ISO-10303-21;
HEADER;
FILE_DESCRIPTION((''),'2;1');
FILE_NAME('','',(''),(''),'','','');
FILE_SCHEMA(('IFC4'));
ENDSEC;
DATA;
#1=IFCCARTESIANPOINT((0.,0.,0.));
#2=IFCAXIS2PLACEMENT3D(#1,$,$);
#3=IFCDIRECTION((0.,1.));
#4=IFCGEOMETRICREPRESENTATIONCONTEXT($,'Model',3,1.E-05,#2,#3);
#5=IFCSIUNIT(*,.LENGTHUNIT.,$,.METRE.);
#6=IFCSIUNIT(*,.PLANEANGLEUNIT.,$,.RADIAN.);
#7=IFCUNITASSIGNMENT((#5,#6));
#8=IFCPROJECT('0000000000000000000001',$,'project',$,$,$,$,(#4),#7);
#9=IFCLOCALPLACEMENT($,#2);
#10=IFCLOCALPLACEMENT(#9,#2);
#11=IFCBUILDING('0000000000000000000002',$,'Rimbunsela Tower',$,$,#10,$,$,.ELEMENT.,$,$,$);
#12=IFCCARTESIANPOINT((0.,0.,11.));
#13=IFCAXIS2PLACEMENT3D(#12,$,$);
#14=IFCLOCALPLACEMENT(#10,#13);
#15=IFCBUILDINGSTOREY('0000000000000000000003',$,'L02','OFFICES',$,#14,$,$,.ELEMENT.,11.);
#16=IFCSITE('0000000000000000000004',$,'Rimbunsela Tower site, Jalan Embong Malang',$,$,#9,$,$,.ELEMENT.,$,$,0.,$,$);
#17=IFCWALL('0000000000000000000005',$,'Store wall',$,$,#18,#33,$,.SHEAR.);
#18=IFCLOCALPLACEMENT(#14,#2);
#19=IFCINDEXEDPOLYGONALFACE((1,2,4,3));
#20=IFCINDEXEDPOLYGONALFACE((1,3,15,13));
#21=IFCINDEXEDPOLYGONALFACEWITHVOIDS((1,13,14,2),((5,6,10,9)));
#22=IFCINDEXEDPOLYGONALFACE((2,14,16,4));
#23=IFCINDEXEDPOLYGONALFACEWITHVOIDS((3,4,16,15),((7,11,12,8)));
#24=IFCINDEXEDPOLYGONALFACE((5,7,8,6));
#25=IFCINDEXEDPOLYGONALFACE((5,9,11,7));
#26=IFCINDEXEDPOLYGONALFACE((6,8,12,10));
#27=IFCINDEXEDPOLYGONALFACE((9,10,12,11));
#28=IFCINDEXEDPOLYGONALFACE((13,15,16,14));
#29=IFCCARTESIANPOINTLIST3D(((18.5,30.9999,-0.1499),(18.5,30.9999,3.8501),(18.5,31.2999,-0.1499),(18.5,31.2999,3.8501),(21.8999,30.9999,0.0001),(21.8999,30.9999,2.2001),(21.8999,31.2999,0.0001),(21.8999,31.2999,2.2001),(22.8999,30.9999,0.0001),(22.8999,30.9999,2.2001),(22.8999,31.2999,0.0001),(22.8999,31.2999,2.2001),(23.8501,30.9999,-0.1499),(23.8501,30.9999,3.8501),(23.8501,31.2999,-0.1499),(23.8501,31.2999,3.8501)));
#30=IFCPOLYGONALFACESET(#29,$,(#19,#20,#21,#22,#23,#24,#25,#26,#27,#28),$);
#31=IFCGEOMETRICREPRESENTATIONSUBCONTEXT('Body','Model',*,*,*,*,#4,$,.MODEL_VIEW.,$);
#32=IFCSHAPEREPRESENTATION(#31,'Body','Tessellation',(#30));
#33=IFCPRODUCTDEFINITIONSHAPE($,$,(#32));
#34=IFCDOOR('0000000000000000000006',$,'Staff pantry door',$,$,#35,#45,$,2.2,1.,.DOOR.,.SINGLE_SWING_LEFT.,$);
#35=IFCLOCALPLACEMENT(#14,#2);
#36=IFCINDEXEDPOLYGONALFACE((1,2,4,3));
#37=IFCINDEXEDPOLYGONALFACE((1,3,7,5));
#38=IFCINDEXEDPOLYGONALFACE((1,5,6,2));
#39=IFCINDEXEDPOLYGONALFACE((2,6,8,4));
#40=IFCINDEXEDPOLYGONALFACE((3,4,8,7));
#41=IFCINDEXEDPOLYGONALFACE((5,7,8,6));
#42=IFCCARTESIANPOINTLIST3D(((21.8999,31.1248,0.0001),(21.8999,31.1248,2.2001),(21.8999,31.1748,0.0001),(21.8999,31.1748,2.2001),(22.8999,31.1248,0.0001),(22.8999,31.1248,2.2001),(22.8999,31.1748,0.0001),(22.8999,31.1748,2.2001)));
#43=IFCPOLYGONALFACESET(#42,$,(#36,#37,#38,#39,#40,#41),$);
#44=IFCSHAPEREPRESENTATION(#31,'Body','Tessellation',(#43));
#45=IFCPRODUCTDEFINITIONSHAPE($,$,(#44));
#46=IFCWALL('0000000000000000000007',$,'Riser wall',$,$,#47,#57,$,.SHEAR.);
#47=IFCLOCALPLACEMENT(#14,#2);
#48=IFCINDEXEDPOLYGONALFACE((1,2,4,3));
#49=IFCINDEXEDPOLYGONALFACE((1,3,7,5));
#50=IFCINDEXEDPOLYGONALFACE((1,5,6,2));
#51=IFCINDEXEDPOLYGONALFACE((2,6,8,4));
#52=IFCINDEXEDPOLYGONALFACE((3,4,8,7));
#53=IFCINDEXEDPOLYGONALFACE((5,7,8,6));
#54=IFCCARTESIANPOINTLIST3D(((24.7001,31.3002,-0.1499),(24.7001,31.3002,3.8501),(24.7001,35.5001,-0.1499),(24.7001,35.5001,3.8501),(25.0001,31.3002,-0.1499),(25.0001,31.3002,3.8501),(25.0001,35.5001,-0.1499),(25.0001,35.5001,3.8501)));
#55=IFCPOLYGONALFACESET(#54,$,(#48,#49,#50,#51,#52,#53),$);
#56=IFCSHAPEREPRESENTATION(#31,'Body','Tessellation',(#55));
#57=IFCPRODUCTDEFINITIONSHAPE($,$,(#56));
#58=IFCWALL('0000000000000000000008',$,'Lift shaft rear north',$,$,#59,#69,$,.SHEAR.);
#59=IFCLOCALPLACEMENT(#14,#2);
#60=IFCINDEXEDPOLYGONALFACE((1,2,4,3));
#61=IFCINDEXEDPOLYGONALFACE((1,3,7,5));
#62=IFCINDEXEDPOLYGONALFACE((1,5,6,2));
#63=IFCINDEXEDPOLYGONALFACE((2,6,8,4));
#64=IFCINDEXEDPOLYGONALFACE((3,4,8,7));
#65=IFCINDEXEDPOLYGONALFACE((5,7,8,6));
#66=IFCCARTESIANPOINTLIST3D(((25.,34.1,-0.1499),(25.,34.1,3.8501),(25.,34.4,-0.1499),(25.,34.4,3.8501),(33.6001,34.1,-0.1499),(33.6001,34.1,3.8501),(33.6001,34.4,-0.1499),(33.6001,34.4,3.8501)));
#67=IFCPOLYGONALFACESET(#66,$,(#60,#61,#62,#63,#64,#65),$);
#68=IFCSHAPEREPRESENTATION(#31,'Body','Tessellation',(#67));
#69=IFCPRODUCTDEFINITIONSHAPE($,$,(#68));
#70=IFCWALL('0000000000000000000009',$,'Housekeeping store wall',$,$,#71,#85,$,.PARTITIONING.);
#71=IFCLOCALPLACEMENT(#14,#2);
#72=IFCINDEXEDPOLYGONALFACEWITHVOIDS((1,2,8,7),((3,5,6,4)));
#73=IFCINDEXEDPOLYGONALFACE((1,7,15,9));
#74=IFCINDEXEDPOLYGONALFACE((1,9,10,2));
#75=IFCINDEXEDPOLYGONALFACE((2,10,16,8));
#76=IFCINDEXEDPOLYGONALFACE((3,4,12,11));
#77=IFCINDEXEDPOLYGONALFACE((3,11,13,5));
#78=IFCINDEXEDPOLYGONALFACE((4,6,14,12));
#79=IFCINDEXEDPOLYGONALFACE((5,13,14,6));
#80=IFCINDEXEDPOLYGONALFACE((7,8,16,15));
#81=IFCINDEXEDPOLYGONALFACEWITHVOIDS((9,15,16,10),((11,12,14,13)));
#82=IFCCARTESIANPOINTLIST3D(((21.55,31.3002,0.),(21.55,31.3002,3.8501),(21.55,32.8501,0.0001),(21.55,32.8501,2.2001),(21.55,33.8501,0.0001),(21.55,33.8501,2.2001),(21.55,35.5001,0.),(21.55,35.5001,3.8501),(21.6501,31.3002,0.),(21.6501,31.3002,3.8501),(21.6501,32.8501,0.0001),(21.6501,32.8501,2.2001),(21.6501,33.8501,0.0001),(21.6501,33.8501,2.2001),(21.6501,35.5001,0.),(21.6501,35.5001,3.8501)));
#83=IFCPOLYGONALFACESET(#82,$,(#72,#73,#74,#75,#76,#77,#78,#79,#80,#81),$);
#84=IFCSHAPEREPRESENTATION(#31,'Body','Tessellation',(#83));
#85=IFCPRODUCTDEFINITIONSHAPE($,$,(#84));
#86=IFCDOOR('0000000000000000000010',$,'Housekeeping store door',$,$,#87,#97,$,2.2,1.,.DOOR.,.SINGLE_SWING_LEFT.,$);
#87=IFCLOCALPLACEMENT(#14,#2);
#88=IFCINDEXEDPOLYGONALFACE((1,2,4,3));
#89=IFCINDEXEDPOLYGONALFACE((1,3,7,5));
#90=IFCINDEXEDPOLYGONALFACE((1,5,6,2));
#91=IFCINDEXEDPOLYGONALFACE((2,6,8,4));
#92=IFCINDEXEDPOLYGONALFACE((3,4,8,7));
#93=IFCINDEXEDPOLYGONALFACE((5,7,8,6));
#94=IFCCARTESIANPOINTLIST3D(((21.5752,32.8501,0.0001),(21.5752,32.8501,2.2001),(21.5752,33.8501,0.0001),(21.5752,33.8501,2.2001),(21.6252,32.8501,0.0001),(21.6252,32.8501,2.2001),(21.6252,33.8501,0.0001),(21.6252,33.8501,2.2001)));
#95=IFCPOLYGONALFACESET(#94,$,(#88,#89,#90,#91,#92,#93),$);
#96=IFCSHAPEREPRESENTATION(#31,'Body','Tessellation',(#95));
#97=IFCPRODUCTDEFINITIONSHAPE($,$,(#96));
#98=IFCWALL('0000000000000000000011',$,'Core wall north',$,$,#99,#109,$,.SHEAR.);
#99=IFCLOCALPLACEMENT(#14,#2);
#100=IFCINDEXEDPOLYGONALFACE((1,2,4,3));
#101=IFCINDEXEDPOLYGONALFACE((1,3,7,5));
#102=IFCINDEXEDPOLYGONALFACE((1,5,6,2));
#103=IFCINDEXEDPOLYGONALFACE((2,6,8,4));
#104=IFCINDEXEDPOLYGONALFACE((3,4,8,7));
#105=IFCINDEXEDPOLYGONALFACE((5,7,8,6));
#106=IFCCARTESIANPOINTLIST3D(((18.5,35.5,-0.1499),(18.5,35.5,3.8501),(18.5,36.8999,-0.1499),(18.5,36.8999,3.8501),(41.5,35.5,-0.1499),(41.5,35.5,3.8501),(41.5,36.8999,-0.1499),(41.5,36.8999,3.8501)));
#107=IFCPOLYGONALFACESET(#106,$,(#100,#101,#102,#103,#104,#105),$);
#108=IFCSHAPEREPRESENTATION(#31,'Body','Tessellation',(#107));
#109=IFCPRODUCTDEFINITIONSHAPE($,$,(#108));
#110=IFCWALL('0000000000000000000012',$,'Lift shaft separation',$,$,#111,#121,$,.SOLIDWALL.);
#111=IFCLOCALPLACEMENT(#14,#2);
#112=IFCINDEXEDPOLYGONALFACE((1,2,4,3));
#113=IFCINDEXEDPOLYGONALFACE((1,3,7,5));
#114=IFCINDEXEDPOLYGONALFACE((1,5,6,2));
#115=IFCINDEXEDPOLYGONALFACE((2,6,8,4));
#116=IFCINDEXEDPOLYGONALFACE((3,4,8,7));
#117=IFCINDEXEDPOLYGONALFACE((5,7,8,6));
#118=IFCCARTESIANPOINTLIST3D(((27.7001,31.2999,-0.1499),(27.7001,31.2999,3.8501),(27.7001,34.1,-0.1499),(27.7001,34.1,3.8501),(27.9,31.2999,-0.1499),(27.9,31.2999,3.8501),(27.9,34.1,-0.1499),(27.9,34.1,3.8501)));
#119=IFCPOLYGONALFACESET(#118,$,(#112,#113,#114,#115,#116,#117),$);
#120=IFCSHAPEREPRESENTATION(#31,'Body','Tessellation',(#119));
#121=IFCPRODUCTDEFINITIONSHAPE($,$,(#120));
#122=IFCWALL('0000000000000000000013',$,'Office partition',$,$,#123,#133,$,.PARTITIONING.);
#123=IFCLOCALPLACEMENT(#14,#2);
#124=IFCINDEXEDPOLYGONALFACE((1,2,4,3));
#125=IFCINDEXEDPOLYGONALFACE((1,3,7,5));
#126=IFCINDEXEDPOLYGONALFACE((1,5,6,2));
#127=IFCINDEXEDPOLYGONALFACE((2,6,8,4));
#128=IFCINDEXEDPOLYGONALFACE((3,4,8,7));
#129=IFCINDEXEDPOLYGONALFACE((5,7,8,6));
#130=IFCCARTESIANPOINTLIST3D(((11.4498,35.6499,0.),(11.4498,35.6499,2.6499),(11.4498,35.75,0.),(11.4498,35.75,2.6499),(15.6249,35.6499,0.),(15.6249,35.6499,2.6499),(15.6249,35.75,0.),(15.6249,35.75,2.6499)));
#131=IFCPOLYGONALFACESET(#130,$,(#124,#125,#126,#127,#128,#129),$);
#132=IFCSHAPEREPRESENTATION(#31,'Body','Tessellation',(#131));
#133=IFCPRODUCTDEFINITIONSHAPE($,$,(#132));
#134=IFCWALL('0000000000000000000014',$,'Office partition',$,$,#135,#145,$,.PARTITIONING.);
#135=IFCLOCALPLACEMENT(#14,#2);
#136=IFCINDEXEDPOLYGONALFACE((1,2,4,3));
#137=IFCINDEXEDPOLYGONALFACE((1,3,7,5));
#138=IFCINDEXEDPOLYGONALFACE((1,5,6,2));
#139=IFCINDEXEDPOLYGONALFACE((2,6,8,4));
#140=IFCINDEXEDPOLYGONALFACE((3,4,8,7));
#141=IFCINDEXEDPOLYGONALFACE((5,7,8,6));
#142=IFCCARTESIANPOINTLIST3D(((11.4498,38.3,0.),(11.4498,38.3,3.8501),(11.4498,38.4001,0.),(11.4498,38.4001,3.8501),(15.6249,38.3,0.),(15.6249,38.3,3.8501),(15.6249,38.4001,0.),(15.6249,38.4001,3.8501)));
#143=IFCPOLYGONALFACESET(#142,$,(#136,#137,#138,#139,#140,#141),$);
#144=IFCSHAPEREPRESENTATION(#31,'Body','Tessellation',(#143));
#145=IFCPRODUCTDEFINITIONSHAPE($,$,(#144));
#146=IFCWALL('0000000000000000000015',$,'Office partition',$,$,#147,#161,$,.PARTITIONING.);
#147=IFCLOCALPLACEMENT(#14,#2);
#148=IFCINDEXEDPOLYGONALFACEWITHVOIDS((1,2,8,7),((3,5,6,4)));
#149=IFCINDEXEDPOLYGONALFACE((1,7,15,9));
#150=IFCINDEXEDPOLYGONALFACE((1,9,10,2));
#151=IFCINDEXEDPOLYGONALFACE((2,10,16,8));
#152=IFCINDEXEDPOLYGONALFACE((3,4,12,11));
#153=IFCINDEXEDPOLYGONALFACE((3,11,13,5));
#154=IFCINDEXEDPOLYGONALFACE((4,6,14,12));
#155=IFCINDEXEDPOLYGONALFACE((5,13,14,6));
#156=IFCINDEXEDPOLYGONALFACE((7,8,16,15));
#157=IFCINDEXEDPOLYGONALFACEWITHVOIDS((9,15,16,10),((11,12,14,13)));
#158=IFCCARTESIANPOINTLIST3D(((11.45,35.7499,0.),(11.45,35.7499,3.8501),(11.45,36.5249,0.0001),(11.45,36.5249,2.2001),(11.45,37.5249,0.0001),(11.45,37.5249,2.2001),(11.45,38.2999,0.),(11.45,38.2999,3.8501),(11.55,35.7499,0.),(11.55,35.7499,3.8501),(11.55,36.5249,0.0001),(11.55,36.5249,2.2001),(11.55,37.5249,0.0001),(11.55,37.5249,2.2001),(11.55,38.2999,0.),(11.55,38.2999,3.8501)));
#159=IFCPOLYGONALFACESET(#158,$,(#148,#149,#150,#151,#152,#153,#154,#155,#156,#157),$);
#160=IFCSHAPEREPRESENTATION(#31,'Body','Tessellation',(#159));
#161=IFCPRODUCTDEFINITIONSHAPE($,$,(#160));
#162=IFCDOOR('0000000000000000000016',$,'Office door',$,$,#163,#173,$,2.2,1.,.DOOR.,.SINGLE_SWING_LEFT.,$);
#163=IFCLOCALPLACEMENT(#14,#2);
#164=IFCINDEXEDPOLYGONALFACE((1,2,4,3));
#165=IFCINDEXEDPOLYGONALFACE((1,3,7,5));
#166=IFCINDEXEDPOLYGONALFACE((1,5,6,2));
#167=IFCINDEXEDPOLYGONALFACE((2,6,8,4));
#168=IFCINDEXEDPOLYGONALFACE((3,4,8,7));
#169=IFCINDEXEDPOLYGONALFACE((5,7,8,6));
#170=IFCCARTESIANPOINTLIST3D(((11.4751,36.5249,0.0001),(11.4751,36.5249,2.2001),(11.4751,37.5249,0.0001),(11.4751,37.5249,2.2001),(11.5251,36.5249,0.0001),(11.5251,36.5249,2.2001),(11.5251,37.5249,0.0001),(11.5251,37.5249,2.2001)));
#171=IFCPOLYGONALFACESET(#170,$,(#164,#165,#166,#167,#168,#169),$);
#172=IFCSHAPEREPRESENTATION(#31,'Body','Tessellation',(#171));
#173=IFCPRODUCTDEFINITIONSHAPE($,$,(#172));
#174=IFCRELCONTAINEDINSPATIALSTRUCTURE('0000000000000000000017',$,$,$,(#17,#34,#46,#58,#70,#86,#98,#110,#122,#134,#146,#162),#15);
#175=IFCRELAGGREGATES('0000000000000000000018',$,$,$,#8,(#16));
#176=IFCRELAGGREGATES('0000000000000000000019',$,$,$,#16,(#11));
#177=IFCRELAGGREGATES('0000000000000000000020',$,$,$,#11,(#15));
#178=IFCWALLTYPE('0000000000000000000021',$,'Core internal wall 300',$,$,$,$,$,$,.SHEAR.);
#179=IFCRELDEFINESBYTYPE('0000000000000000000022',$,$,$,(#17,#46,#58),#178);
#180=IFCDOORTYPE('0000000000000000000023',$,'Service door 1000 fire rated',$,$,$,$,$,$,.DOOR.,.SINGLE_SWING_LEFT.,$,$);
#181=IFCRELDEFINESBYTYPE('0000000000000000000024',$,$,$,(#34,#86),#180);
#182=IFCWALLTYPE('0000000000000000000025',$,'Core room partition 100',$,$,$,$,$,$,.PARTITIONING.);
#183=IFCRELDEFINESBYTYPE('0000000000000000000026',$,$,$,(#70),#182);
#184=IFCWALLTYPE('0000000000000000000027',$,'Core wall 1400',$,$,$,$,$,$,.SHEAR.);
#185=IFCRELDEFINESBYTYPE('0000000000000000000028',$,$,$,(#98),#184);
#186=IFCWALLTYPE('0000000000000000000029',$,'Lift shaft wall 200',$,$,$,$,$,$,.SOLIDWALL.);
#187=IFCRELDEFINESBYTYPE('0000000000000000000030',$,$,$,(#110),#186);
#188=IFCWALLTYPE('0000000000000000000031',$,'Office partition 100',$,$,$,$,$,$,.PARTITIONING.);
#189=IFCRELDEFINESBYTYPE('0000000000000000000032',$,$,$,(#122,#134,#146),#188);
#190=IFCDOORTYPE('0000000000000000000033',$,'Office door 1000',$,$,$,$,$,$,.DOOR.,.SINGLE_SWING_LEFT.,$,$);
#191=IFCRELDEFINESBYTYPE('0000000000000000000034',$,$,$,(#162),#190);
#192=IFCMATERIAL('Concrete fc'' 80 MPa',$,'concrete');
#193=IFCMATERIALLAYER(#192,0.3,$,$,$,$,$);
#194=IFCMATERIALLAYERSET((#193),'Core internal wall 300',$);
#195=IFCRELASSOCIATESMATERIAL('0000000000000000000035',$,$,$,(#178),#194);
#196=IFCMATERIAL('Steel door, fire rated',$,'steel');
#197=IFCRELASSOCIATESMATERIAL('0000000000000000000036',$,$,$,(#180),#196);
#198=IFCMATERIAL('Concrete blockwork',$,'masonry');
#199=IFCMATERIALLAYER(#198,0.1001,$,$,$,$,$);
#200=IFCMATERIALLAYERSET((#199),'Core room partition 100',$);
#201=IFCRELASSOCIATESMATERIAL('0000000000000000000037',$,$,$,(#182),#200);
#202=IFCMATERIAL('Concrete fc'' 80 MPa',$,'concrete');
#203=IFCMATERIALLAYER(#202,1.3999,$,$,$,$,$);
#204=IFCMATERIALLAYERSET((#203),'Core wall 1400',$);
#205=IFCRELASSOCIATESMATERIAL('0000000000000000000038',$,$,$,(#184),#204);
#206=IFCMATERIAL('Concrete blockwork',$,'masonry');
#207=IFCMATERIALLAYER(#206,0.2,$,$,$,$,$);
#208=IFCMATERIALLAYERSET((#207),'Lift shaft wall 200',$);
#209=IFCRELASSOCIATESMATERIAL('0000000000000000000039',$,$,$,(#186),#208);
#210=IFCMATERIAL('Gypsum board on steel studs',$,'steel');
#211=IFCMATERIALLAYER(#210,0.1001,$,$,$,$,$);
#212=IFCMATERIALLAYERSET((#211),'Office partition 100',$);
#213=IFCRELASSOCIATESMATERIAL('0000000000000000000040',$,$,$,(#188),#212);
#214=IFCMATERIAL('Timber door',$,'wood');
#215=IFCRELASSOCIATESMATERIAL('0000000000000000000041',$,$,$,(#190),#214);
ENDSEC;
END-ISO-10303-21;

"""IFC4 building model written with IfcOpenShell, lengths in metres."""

from ifc_helpers import new_model, si_unit, direction, frame, frame_2d, origin, place, context, subcontext, project, spatial, rectangle, extrude, material, layer, layer_set, type_object, element, fill, save


model = new_model("IFC4")

# Units and contexts
model_context = context("Model", 3, precision=1e-05, world=origin(), true_north=direction((0.0, 1.0)))
body_context = subcontext(model_context, "Body", "Model", "MODEL_VIEW")
ifc_project = project(units=[si_unit("LENGTHUNIT", "METRE"), si_unit("PLANEANGLEUNIT", "RADIAN")], contexts=[model_context])

# Site, building, storey
site_placement = place(None, origin())
site = spatial("IfcSite", under=ifc_project, at=site_placement, Name="Rimbunsela Tower site, Jalan Embong Malang", CompositionType="ELEMENT", RefElevation=0.0)
building_placement = place(site_placement, origin())
building = spatial("IfcBuilding", under=site, at=building_placement, Name="Rimbunsela Tower", CompositionType="ELEMENT")
storey_placement = place(building_placement, frame((0.0, 0.0, 11.0)))
storey = spatial("IfcBuildingStorey", under=building, at=storey_placement, Name="L02", Description="OFFICES", CompositionType="ELEMENT", Elevation=11.0)

# Wall, opening, door
ifc_material_1 = material(Name="Concrete fc' 80 MPa", Category="concrete")
ifc_layer_1 = layer(ifc_material_1, 0.3)
ifc_layer_set_1 = layer_set([ifc_layer_1], Name="Core internal wall 300")
wall_type_1 = type_object("IfcWallType", Name="Core internal wall 300", PredefinedType="SHEAR", material=ifc_layer_set_1)
wall_1_placement = place(storey_placement, frame((18.5, 31.1499, -0.1499), z_axis=(0.0, 0.0, 1.0), x_axis=(1.0, 0.0, 0.0)))
wall_1 = element("IfcWall", 1, at=wall_1_placement, inside=storey, type_object=wall_type_1, Name="Store wall", PredefinedType="SHEAR", context=body_context, shape_type="SweptSolid", body=[
    extrude(rectangle(XDim=5.3501, YDim=0.3, at=frame_2d((2.675, 0.0))), origin(), (0.0, 0.0, 1.0), 4.0),
])
opening_1_placement = place(wall_1_placement, frame((3.3999, 0.0, 0.1499)))
opening_1 = element("IfcOpeningElement", 2, at=opening_1_placement, cuts=wall_1, PredefinedType="OPENING", context=body_context, shape_type="SweptSolid", body=[
    extrude(rectangle(XDim=1.0, YDim=2.2, at=frame_2d((0.5, 1.1001))), frame((0.0, 0.1599, 0.0), z_axis=(0.0, -1.0, 0.0), x_axis=(1.0, 0.0, 0.0)), (0.0, 0.0, 1.0), 0.3201),
])
ifc_material_2 = material(Name="Steel door, fire rated", Category="steel")
door_type_1 = type_object("IfcDoorType", Name="Service door 1000 fire rated", OperationType="SINGLE_SWING_LEFT", PredefinedType="DOOR", material=ifc_material_2)
door_1_placement = place(opening_1_placement, origin())
door_1 = element("IfcDoor", 3, at=door_1_placement, inside=storey, type_object=door_type_1, Name="Staff pantry door", OperationType="SINGLE_SWING_LEFT", OverallHeight=2.2, OverallWidth=1.0, PredefinedType="DOOR", context=body_context, shape_type="SweptSolid", body=[
    extrude(rectangle(XDim=1.0, YDim=2.2, at=frame_2d((0.5, 1.1001))), frame((0.0, 0.0249, 0.0), z_axis=(0.0, -1.0, 0.0), x_axis=(1.0, 0.0, 0.0)), (0.0, 0.0, 1.0), 0.05),
])
fill(opening_1, door_1)

# Walls
wall_2_placement = place(storey_placement, frame((24.8501, 31.3, -0.1499), z_axis=(0.0, 0.0, 1.0), x_axis=(0.0, 1.0, 0.0)))
element("IfcWall", 4, at=wall_2_placement, inside=storey, type_object=wall_type_1, Name="Riser wall", PredefinedType="SHEAR", context=body_context, shape_type="SweptSolid", body=[
    extrude(rectangle(XDim=4.2, YDim=0.3, at=frame_2d((2.1001, 0.0))), origin(), (0.0, 0.0, 1.0), 4.0),
])
wall_3_placement = place(storey_placement, frame((25.0, 34.25, -0.1499), z_axis=(0.0, 0.0, 1.0), x_axis=(1.0, 0.0, 0.0)))
element("IfcWall", 5, at=wall_3_placement, inside=storey, type_object=wall_type_1, Name="Lift shaft rear north", PredefinedType="SHEAR", context=body_context, shape_type="SweptSolid", body=[
    extrude(rectangle(XDim=8.6001, YDim=0.3, at=frame_2d((4.3, 0.0))), origin(), (0.0, 0.0, 1.0), 4.0),
])

# Wall, opening, door
ifc_material_3 = material(Name="Concrete blockwork", Category="masonry")
ifc_layer_2 = layer(ifc_material_3, 0.1001)
ifc_layer_set_2 = layer_set([ifc_layer_2], Name="Core room partition 100")
wall_type_2 = type_object("IfcWallType", Name="Core room partition 100", PredefinedType="PARTITIONING", material=ifc_layer_set_2)
wall_4_placement = place(storey_placement, frame((21.6001, 31.3, 0.0), z_axis=(0.0, 0.0, 1.0), x_axis=(0.0, 1.0, 0.0)))
wall_4 = element("IfcWall", 6, at=wall_4_placement, inside=storey, type_object=wall_type_2, Name="Housekeeping store wall", PredefinedType="PARTITIONING", context=body_context, shape_type="SweptSolid", body=[
    extrude(rectangle(XDim=4.2, YDim=0.1001, at=frame_2d((2.1001, 0.0))), origin(), (0.0, 0.0, 1.0), 3.8501),
])
opening_2_placement = place(wall_4_placement, frame((1.55, 0.0, 0.0)))
opening_2 = element("IfcOpeningElement", 7, at=opening_2_placement, cuts=wall_4, PredefinedType="OPENING", context=body_context, shape_type="SweptSolid", body=[
    extrude(rectangle(XDim=1.0, YDim=2.2, at=frame_2d((0.5, 1.1001))), frame((0.0, 0.0601, 0.0), z_axis=(0.0, -1.0, 0.0), x_axis=(1.0, 0.0, 0.0)), (0.0, 0.0, 1.0), 0.1201),
])
door_2_placement = place(opening_2_placement, origin())
door_2 = element("IfcDoor", 8, at=door_2_placement, inside=storey, type_object=door_type_1, Name="Housekeeping store door", OperationType="SINGLE_SWING_LEFT", OverallHeight=2.2, OverallWidth=1.0, PredefinedType="DOOR", context=body_context, shape_type="SweptSolid", body=[
    extrude(rectangle(XDim=1.0, YDim=2.2, at=frame_2d((0.5, 1.1001))), frame((0.0, 0.0249, 0.0), z_axis=(0.0, -1.0, 0.0), x_axis=(1.0, 0.0, 0.0)), (0.0, 0.0, 1.0), 0.05),
])
fill(opening_2, door_2)

# Walls
ifc_material_4 = material(Name="Concrete fc' 80 MPa", Category="concrete")
ifc_layer_3 = layer(ifc_material_4, 1.3999)
ifc_layer_set_3 = layer_set([ifc_layer_3], Name="Core wall 1400")
wall_type_3 = type_object("IfcWallType", Name="Core wall 1400", PredefinedType="SHEAR", material=ifc_layer_set_3)
wall_5_placement = place(storey_placement, frame((18.5, 36.2, -0.1499), z_axis=(0.0, 0.0, 1.0), x_axis=(1.0, 0.0, 0.0)))
element("IfcWall", 9, at=wall_5_placement, inside=storey, type_object=wall_type_3, Name="Core wall north", PredefinedType="SHEAR", context=body_context, shape_type="SweptSolid", body=[
    extrude(rectangle(XDim=23.0, YDim=1.3999, at=frame_2d((11.5, 0.0))), origin(), (0.0, 0.0, 1.0), 4.0),
])
ifc_material_5 = material(Name="Concrete blockwork", Category="masonry")
ifc_layer_4 = layer(ifc_material_5, 0.2)
ifc_layer_set_4 = layer_set([ifc_layer_4], Name="Lift shaft wall 200")
wall_type_4 = type_object("IfcWallType", Name="Lift shaft wall 200", PredefinedType="SOLIDWALL", material=ifc_layer_set_4)
wall_6_placement = place(storey_placement, frame((27.8, 31.3, -0.1499), z_axis=(0.0, 0.0, 1.0), x_axis=(0.0, 1.0, 0.0)))
element("IfcWall", 10, at=wall_6_placement, inside=storey, type_object=wall_type_4, Name="Lift shaft separation", PredefinedType="SOLIDWALL", context=body_context, shape_type="SweptSolid", body=[
    extrude(rectangle(XDim=2.8, YDim=0.2, at=frame_2d((1.3999, 0.0))), origin(), (0.0, 0.0, 1.0), 4.0),
])
ifc_material_6 = material(Name="Gypsum board on steel studs", Category="steel")
ifc_layer_5 = layer(ifc_material_6, 0.1001)
ifc_layer_set_5 = layer_set([ifc_layer_5], Name="Office partition 100")
wall_type_5 = type_object("IfcWallType", Name="Office partition 100", PredefinedType="PARTITIONING", material=ifc_layer_set_5)
wall_7_placement = place(storey_placement, frame((11.45, 35.7, 0.0), z_axis=(0.0, 0.0, 1.0), x_axis=(1.0, 0.0, 0.0)))
element("IfcWall", 11, at=wall_7_placement, inside=storey, type_object=wall_type_5, Name="Office partition", PredefinedType="PARTITIONING", context=body_context, shape_type="SweptSolid", body=[
    extrude(rectangle(XDim=4.175, YDim=0.1001, at=frame_2d((2.0874, 0.0))), origin(), (0.0, 0.0, 1.0), 2.6499),
])
wall_8_placement = place(storey_placement, frame((11.45, 38.3501, 0.0), z_axis=(0.0, 0.0, 1.0), x_axis=(1.0, 0.0, 0.0)))
element("IfcWall", 12, at=wall_8_placement, inside=storey, type_object=wall_type_5, Name="Office partition", PredefinedType="PARTITIONING", context=body_context, shape_type="SweptSolid", body=[
    extrude(rectangle(XDim=4.175, YDim=0.1001, at=frame_2d((2.0874, 0.0))), origin(), (0.0, 0.0, 1.0), 3.8501),
])

# Wall, opening, door
wall_9_placement = place(storey_placement, frame((11.5, 35.75, 0.0), z_axis=(0.0, 0.0, 1.0), x_axis=(0.0, 1.0, 0.0)))
wall_9 = element("IfcWall", 13, at=wall_9_placement, inside=storey, type_object=wall_type_5, Name="Office partition", PredefinedType="PARTITIONING", context=body_context, shape_type="SweptSolid", body=[
    extrude(rectangle(XDim=2.55, YDim=0.1001, at=frame_2d((1.2749, 0.0))), origin(), (0.0, 0.0, 1.0), 3.8501),
])
opening_3_placement = place(wall_9_placement, frame((0.7749, 0.0, 0.0)))
opening_3 = element("IfcOpeningElement", 14, at=opening_3_placement, cuts=wall_9, PredefinedType="OPENING", context=body_context, shape_type="SweptSolid", body=[
    extrude(rectangle(XDim=1.0, YDim=2.2, at=frame_2d((0.5, 1.1001))), frame((0.0, 0.0601, 0.0), z_axis=(0.0, -1.0, 0.0), x_axis=(1.0, 0.0, 0.0)), (0.0, 0.0, 1.0), 0.1201),
])
ifc_material_7 = material(Name="Timber door", Category="wood")
door_type_2 = type_object("IfcDoorType", Name="Office door 1000", OperationType="SINGLE_SWING_LEFT", PredefinedType="DOOR", material=ifc_material_7)
door_3_placement = place(opening_3_placement, origin())
door_3 = element("IfcDoor", 15, at=door_3_placement, inside=storey, type_object=door_type_2, Name="Office door", OperationType="SINGLE_SWING_LEFT", OverallHeight=2.2, OverallWidth=1.0, PredefinedType="DOOR", context=body_context, shape_type="SweptSolid", body=[
    extrude(rectangle(XDim=1.0, YDim=2.2, at=frame_2d((0.5, 1.1001))), frame((0.0, 0.0249, 0.0), z_axis=(0.0, -1.0, 0.0), x_axis=(1.0, 0.0, 0.0)), (0.0, 0.0, 1.0), 0.05),
])
fill(opening_3, door_3)

save(model, "model.ifc")
